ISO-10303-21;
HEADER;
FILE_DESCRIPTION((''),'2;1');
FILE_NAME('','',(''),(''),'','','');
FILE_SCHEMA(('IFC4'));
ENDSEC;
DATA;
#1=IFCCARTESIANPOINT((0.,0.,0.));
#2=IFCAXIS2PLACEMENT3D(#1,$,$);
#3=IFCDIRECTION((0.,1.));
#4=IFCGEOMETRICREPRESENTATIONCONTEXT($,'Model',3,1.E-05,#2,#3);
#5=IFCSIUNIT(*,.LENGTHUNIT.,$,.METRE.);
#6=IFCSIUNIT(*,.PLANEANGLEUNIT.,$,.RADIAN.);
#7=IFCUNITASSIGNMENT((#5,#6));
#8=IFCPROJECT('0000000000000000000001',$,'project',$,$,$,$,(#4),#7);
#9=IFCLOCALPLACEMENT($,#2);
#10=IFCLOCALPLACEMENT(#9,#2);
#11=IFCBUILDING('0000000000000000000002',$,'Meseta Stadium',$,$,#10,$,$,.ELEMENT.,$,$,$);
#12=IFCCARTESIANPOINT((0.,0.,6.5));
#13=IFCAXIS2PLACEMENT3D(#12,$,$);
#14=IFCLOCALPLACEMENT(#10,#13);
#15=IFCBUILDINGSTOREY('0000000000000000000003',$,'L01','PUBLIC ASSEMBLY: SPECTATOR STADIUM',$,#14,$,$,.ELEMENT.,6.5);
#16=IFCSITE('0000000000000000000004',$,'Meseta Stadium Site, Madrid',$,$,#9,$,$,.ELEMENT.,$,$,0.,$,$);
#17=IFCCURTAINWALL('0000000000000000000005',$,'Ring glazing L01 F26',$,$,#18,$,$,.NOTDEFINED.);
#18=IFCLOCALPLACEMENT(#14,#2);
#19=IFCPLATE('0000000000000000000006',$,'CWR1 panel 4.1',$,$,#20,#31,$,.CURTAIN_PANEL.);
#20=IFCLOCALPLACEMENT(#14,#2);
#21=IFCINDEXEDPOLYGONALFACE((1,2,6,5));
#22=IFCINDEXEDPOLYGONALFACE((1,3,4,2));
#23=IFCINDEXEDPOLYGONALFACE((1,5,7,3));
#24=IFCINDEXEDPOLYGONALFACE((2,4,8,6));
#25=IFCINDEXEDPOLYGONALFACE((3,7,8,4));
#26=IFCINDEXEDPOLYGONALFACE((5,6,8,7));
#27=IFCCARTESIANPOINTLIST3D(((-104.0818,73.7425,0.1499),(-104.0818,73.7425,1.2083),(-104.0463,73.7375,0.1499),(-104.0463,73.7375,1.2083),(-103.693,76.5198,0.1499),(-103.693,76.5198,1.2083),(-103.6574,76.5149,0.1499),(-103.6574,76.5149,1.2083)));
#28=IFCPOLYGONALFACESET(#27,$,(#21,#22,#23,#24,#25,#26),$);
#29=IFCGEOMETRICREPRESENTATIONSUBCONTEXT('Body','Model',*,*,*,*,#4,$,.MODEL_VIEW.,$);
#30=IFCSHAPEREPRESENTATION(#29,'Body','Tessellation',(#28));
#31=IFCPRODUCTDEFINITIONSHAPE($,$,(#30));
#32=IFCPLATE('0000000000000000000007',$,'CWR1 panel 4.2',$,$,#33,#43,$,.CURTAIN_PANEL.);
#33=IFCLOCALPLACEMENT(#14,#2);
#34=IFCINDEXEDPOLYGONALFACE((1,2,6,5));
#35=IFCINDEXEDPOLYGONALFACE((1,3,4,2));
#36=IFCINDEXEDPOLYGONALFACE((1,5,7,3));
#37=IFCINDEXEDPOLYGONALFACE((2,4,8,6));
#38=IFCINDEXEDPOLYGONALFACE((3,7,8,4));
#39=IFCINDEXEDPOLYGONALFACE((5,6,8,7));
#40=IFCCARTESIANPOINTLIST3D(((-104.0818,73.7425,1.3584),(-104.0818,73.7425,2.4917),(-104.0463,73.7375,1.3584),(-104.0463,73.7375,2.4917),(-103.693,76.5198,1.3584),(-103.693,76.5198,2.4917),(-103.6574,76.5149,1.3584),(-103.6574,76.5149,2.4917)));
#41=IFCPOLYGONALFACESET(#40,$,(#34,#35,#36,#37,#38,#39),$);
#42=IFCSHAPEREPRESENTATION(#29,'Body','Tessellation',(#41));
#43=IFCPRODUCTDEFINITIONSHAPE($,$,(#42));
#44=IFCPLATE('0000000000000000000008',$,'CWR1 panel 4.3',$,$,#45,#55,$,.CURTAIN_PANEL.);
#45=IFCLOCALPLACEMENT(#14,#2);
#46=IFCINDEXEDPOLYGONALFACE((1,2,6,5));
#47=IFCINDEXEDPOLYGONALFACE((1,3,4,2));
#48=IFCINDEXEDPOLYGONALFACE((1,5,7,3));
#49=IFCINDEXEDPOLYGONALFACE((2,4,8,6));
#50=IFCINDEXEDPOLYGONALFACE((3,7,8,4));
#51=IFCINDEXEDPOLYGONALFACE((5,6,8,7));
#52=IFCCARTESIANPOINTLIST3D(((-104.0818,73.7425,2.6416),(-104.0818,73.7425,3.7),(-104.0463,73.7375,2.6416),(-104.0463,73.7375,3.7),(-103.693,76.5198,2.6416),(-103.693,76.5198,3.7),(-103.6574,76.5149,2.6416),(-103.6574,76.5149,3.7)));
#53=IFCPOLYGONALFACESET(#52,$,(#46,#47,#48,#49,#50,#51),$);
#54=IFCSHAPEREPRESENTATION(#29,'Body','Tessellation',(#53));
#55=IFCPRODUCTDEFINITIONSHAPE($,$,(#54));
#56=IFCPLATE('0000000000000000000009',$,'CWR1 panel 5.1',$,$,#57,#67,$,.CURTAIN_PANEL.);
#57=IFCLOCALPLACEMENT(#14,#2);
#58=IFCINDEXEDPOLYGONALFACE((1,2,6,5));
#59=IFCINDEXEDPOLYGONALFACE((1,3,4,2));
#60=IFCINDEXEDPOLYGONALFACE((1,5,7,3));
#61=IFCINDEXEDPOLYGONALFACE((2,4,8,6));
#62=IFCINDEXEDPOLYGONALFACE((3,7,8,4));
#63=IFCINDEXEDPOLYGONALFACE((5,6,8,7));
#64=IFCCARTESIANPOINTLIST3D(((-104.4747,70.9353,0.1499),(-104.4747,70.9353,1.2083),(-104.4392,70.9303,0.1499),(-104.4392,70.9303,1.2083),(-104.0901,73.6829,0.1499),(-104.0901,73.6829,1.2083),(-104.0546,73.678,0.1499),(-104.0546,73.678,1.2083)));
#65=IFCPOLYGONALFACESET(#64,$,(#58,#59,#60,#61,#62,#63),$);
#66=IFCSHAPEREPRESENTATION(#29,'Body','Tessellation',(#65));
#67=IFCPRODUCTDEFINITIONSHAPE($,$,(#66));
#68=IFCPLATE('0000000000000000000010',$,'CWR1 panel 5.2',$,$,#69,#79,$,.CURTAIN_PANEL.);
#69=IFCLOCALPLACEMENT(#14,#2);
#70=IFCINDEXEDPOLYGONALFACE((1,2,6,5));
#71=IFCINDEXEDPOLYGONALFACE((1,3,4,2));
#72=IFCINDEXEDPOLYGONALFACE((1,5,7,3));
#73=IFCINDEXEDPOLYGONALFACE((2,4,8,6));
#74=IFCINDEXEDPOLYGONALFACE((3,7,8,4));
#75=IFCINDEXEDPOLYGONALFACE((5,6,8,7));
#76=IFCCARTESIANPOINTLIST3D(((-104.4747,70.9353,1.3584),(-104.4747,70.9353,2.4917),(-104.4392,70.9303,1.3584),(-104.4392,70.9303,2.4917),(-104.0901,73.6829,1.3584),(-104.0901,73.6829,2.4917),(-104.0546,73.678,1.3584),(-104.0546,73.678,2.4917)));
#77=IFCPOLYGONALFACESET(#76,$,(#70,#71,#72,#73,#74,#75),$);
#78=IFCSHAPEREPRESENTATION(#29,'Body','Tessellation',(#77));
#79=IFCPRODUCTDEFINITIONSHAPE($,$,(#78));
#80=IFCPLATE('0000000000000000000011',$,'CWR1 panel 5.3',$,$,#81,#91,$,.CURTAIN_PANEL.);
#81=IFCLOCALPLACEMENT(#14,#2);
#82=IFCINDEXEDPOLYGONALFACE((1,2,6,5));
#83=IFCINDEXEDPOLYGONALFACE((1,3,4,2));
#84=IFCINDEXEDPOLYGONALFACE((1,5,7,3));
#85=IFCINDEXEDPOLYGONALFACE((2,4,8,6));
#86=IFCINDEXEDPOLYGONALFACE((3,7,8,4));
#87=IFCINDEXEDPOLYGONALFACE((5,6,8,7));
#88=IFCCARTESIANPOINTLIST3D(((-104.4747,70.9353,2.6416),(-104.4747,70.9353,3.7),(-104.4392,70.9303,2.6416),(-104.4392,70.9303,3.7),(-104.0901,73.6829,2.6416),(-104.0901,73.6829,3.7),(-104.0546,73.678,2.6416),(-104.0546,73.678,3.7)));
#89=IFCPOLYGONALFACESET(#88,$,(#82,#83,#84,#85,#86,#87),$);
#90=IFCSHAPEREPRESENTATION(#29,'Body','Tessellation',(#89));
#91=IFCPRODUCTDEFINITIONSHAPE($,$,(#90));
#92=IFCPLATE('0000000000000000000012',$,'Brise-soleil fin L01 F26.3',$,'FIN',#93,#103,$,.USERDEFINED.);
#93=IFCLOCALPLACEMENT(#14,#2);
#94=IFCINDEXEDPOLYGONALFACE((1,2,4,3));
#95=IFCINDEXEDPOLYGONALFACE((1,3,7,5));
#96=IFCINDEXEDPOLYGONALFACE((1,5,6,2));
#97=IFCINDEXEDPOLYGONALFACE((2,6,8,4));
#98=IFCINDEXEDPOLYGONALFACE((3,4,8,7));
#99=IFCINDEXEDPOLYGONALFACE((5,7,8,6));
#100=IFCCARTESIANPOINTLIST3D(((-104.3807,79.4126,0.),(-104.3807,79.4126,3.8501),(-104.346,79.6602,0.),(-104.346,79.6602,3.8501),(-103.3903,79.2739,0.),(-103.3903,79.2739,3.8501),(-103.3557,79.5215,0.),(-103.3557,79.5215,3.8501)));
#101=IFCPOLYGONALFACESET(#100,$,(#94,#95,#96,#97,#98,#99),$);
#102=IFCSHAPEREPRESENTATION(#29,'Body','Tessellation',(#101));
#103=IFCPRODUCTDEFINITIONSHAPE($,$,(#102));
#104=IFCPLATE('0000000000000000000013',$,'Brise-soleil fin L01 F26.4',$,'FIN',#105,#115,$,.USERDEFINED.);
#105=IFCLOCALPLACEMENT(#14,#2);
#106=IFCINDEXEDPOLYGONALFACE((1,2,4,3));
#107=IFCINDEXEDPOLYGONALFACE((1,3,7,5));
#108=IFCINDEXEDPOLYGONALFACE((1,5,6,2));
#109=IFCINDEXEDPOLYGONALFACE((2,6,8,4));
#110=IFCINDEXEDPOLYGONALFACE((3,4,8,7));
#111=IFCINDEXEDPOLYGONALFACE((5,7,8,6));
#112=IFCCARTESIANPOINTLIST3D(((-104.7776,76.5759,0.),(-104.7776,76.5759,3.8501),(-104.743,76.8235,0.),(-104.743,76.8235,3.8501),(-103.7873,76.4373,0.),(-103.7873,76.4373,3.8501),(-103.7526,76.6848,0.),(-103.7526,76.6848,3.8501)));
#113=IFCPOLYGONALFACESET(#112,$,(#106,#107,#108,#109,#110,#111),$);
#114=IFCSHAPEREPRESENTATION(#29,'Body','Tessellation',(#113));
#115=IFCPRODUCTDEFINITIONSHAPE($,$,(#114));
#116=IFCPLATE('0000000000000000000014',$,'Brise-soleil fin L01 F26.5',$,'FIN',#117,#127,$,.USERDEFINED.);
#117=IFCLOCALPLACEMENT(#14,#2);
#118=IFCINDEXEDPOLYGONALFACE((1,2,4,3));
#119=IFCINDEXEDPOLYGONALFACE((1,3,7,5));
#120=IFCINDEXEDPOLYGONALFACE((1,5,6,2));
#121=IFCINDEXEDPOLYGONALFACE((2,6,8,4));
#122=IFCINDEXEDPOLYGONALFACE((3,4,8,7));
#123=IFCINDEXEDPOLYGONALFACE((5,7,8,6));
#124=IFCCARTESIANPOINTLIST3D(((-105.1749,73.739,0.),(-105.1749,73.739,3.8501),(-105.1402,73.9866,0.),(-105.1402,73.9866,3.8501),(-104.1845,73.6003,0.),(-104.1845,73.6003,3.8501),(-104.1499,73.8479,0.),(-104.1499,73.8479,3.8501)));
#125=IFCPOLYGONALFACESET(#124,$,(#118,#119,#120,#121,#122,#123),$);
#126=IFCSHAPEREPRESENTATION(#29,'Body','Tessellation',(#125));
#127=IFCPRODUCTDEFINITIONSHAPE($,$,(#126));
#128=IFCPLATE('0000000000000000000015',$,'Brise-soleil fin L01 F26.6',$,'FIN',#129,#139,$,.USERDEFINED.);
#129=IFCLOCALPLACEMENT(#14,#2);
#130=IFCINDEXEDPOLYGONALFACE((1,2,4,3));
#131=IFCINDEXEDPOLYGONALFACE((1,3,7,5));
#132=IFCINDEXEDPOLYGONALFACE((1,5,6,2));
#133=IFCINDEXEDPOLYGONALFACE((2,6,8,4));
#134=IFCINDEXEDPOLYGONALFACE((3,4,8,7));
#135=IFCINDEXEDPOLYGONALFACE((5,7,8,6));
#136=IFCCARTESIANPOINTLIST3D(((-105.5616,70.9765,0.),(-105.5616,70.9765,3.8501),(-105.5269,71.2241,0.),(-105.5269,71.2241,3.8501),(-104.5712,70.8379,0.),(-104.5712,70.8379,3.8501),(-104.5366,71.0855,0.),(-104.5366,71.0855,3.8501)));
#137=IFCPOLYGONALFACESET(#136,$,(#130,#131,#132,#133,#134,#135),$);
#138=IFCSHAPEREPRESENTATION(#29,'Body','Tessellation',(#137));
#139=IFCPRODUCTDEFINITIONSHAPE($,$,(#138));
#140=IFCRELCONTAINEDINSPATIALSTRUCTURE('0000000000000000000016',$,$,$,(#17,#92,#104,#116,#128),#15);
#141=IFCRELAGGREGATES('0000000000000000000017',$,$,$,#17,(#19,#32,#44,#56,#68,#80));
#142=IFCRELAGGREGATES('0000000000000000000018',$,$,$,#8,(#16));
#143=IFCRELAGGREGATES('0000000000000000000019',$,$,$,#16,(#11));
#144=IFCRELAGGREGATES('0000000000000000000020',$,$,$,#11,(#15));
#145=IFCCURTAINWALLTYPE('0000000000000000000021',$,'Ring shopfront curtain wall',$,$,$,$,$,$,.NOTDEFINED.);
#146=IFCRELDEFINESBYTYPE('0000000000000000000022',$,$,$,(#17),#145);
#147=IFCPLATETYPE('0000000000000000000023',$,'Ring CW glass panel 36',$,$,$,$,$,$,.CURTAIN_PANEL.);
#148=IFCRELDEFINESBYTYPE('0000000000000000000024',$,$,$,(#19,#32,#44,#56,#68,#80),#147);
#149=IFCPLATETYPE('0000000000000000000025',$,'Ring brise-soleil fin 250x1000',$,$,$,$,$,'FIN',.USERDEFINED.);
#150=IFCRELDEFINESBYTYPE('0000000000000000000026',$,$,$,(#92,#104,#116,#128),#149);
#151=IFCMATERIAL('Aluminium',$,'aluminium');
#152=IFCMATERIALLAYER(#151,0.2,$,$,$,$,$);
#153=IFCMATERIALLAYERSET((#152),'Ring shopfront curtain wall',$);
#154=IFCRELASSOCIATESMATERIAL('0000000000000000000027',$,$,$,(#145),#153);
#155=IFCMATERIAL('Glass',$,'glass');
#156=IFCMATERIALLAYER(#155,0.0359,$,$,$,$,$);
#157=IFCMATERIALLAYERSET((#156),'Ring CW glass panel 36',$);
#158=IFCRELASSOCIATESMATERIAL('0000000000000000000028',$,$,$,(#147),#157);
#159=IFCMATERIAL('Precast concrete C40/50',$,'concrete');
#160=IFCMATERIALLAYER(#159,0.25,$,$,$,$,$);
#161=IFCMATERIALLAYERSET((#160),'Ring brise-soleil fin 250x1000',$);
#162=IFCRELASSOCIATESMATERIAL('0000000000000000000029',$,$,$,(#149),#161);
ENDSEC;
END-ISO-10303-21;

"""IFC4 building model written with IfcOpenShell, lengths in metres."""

from ifc_helpers import new_model, si_unit, direction, frame, origin, origin_2d, place, context, subcontext, project, spatial, rectangle, extrude, material, layer, layer_set, type_object, element, aggregate, save


model = new_model("IFC4")

# Units and contexts
model_context = context("Model", 3, precision=1e-05, world=origin(), true_north=direction((0.0, 1.0)))
body_context = subcontext(model_context, "Body", "Model", "MODEL_VIEW")
ifc_project = project(units=[si_unit("LENGTHUNIT", "METRE"), si_unit("PLANEANGLEUNIT", "RADIAN")], contexts=[model_context])

# Site, building, storey
site_placement = place(None, origin())
site = spatial("IfcSite", under=ifc_project, at=site_placement, Name="Meseta Stadium Site, Madrid", CompositionType="ELEMENT", RefElevation=0.0)
building_placement = place(site_placement, origin())
building = spatial("IfcBuilding", under=site, at=building_placement, Name="Meseta Stadium", CompositionType="ELEMENT")
storey_placement = place(building_placement, frame((0.0, 0.0, 6.5)))
storey = spatial("IfcBuildingStorey", under=building, at=storey_placement, Name="L01", Description="PUBLIC ASSEMBLY: SPECTATOR STADIUM", CompositionType="ELEMENT", Elevation=6.5)

# Curtain wall
ifc_material_1 = material(Name="Aluminium", Category="aluminium")
ifc_layer_1 = layer(ifc_material_1, 0.2)
ifc_layer_set_1 = layer_set([ifc_layer_1], Name="Ring shopfront curtain wall")
curtain_wall_type = type_object("IfcCurtainWallType", Name="Ring shopfront curtain wall", PredefinedType="NOTDEFINED", material=ifc_layer_set_1)
curtain_wall_1_placement = place(storey_placement, origin())
curtain_wall_1 = element("IfcCurtainWall", 1, at=curtain_wall_1_placement, inside=storey, type_object=curtain_wall_type, Name="Ring glazing L01 F26", PredefinedType="NOTDEFINED")

# Plates
ifc_material_2 = material(Name="Glass", Category="glass")
ifc_layer_2 = layer(ifc_material_2, 0.0359)
ifc_layer_set_2 = layer_set([ifc_layer_2], Name="Ring CW glass panel 36")
plate_type_1 = type_object("IfcPlateType", Name="Ring CW glass panel 36", PredefinedType="CURTAIN_PANEL", material=ifc_layer_set_2)
plate_1_placement = place(storey_placement, frame((-103.8696, 75.1287, 0.1499), z_axis=(0.0, 0.0, 1.0), x_axis=(-0.138643, -0.990342, 0.0)))
plate_1 = element("IfcPlate", 2, at=plate_1_placement, type_object=plate_type_1, Name="CWR1 panel 4.1", PredefinedType="CURTAIN_PANEL", context=body_context, shape_type="SweptSolid", body=[
    extrude(rectangle(XDim=2.8044, YDim=0.0359, at=origin_2d()), origin(), (0.0, 0.0, 1.0), 1.0583),
])
plate_2_placement = place(storey_placement, frame((-103.8696, 75.1287, 1.3584), z_axis=(0.0, 0.0, 1.0), x_axis=(-0.138643, -0.990342, 0.0)))
plate_2 = element("IfcPlate", 3, at=plate_2_placement, type_object=plate_type_1, Name="CWR1 panel 4.2", PredefinedType="CURTAIN_PANEL", context=body_context, shape_type="SweptSolid", body=[
    extrude(rectangle(XDim=2.8044, YDim=0.0359, at=origin_2d()), origin(), (0.0, 0.0, 1.0), 1.1333),
])
plate_3_placement = place(storey_placement, frame((-103.8696, 75.1287, 2.6416), z_axis=(0.0, 0.0, 1.0), x_axis=(-0.138643, -0.990342, 0.0)))
plate_3 = element("IfcPlate", 4, at=plate_3_placement, type_object=plate_type_1, Name="CWR1 panel 4.3", PredefinedType="CURTAIN_PANEL", context=body_context, shape_type="SweptSolid", body=[
    extrude(rectangle(XDim=2.8044, YDim=0.0359, at=origin_2d()), origin(), (0.0, 0.0, 1.0), 1.0583),
])
plate_4_placement = place(storey_placement, frame((-104.2646, 72.3066, 0.1499), z_axis=(0.0, 0.0, 1.0), x_axis=(-0.138643, -0.990342, 0.0)))
plate_4 = element("IfcPlate", 5, at=plate_4_placement, type_object=plate_type_1, Name="CWR1 panel 5.1", PredefinedType="CURTAIN_PANEL", context=body_context, shape_type="SweptSolid", body=[
    extrude(rectangle(XDim=2.7744, YDim=0.0359, at=origin_2d()), origin(), (0.0, 0.0, 1.0), 1.0583),
])
plate_5_placement = place(storey_placement, frame((-104.2646, 72.3066, 1.3584), z_axis=(0.0, 0.0, 1.0), x_axis=(-0.138643, -0.990342, 0.0)))
plate_5 = element("IfcPlate", 6, at=plate_5_placement, type_object=plate_type_1, Name="CWR1 panel 5.2", PredefinedType="CURTAIN_PANEL", context=body_context, shape_type="SweptSolid", body=[
    extrude(rectangle(XDim=2.7744, YDim=0.0359, at=origin_2d()), origin(), (0.0, 0.0, 1.0), 1.1333),
])
plate_6_placement = place(storey_placement, frame((-104.2646, 72.3066, 2.6416), z_axis=(0.0, 0.0, 1.0), x_axis=(-0.138643, -0.990342, 0.0)))
plate_6 = element("IfcPlate", 7, at=plate_6_placement, type_object=plate_type_1, Name="CWR1 panel 5.3", PredefinedType="CURTAIN_PANEL", context=body_context, shape_type="SweptSolid", body=[
    extrude(rectangle(XDim=2.7744, YDim=0.0359, at=origin_2d()), origin(), (0.0, 0.0, 1.0), 1.0583),
])
aggregate(curtain_wall_1, [plate_1, plate_2, plate_3, plate_4, plate_5, plate_6])

# Plates
ifc_material_3 = material(Name="Precast concrete C40/50", Category="concrete")
ifc_layer_3 = layer(ifc_material_3, 0.25)
ifc_layer_set_3 = layer_set([ifc_layer_3], Name="Ring brise-soleil fin 250x1000")
plate_type_2 = type_object("IfcPlateType", Name="Ring brise-soleil fin 250x1000", ElementType="FIN", PredefinedType="USERDEFINED", material=ifc_layer_set_3)
for number, where, z_axis, x_axis, name in (
    (8, (-103.8682, 79.467, 0.0), (0.0, 0.0, 1.0), (-0.138641, -0.990343, 0.0), "Brise-soleil fin L01 F26.3"),
    (9, (-104.2651, 76.6304, 0.0), (0.0, 0.0, 1.0), (-0.138641, -0.990343, 0.0), "Brise-soleil fin L01 F26.4"),
    (10, (-104.6624, 73.7935, 0.0), (0.0, 0.0, 1.0), (-0.138641, -0.990343, 0.0), "Brise-soleil fin L01 F26.5"),
    (11, (-105.0491, 71.031, 0.0), (0.0, 0.0, 1.0), (-0.138641, -0.990343, 0.0), "Brise-soleil fin L01 F26.6"),
):
    element("IfcPlate", number, at=place(storey_placement, frame(where, z_axis=z_axis, x_axis=x_axis)), inside=storey, type_object=plate_type_2, Name=name, ObjectType="FIN", PredefinedType="USERDEFINED", context=body_context, shape_type="SweptSolid", body=[
        extrude(rectangle(XDim=0.25, YDim=1.0, at=origin_2d()), origin(), (0.0, 0.0, 1.0), 3.8501),
    ])

save(model, "model.ifc")
